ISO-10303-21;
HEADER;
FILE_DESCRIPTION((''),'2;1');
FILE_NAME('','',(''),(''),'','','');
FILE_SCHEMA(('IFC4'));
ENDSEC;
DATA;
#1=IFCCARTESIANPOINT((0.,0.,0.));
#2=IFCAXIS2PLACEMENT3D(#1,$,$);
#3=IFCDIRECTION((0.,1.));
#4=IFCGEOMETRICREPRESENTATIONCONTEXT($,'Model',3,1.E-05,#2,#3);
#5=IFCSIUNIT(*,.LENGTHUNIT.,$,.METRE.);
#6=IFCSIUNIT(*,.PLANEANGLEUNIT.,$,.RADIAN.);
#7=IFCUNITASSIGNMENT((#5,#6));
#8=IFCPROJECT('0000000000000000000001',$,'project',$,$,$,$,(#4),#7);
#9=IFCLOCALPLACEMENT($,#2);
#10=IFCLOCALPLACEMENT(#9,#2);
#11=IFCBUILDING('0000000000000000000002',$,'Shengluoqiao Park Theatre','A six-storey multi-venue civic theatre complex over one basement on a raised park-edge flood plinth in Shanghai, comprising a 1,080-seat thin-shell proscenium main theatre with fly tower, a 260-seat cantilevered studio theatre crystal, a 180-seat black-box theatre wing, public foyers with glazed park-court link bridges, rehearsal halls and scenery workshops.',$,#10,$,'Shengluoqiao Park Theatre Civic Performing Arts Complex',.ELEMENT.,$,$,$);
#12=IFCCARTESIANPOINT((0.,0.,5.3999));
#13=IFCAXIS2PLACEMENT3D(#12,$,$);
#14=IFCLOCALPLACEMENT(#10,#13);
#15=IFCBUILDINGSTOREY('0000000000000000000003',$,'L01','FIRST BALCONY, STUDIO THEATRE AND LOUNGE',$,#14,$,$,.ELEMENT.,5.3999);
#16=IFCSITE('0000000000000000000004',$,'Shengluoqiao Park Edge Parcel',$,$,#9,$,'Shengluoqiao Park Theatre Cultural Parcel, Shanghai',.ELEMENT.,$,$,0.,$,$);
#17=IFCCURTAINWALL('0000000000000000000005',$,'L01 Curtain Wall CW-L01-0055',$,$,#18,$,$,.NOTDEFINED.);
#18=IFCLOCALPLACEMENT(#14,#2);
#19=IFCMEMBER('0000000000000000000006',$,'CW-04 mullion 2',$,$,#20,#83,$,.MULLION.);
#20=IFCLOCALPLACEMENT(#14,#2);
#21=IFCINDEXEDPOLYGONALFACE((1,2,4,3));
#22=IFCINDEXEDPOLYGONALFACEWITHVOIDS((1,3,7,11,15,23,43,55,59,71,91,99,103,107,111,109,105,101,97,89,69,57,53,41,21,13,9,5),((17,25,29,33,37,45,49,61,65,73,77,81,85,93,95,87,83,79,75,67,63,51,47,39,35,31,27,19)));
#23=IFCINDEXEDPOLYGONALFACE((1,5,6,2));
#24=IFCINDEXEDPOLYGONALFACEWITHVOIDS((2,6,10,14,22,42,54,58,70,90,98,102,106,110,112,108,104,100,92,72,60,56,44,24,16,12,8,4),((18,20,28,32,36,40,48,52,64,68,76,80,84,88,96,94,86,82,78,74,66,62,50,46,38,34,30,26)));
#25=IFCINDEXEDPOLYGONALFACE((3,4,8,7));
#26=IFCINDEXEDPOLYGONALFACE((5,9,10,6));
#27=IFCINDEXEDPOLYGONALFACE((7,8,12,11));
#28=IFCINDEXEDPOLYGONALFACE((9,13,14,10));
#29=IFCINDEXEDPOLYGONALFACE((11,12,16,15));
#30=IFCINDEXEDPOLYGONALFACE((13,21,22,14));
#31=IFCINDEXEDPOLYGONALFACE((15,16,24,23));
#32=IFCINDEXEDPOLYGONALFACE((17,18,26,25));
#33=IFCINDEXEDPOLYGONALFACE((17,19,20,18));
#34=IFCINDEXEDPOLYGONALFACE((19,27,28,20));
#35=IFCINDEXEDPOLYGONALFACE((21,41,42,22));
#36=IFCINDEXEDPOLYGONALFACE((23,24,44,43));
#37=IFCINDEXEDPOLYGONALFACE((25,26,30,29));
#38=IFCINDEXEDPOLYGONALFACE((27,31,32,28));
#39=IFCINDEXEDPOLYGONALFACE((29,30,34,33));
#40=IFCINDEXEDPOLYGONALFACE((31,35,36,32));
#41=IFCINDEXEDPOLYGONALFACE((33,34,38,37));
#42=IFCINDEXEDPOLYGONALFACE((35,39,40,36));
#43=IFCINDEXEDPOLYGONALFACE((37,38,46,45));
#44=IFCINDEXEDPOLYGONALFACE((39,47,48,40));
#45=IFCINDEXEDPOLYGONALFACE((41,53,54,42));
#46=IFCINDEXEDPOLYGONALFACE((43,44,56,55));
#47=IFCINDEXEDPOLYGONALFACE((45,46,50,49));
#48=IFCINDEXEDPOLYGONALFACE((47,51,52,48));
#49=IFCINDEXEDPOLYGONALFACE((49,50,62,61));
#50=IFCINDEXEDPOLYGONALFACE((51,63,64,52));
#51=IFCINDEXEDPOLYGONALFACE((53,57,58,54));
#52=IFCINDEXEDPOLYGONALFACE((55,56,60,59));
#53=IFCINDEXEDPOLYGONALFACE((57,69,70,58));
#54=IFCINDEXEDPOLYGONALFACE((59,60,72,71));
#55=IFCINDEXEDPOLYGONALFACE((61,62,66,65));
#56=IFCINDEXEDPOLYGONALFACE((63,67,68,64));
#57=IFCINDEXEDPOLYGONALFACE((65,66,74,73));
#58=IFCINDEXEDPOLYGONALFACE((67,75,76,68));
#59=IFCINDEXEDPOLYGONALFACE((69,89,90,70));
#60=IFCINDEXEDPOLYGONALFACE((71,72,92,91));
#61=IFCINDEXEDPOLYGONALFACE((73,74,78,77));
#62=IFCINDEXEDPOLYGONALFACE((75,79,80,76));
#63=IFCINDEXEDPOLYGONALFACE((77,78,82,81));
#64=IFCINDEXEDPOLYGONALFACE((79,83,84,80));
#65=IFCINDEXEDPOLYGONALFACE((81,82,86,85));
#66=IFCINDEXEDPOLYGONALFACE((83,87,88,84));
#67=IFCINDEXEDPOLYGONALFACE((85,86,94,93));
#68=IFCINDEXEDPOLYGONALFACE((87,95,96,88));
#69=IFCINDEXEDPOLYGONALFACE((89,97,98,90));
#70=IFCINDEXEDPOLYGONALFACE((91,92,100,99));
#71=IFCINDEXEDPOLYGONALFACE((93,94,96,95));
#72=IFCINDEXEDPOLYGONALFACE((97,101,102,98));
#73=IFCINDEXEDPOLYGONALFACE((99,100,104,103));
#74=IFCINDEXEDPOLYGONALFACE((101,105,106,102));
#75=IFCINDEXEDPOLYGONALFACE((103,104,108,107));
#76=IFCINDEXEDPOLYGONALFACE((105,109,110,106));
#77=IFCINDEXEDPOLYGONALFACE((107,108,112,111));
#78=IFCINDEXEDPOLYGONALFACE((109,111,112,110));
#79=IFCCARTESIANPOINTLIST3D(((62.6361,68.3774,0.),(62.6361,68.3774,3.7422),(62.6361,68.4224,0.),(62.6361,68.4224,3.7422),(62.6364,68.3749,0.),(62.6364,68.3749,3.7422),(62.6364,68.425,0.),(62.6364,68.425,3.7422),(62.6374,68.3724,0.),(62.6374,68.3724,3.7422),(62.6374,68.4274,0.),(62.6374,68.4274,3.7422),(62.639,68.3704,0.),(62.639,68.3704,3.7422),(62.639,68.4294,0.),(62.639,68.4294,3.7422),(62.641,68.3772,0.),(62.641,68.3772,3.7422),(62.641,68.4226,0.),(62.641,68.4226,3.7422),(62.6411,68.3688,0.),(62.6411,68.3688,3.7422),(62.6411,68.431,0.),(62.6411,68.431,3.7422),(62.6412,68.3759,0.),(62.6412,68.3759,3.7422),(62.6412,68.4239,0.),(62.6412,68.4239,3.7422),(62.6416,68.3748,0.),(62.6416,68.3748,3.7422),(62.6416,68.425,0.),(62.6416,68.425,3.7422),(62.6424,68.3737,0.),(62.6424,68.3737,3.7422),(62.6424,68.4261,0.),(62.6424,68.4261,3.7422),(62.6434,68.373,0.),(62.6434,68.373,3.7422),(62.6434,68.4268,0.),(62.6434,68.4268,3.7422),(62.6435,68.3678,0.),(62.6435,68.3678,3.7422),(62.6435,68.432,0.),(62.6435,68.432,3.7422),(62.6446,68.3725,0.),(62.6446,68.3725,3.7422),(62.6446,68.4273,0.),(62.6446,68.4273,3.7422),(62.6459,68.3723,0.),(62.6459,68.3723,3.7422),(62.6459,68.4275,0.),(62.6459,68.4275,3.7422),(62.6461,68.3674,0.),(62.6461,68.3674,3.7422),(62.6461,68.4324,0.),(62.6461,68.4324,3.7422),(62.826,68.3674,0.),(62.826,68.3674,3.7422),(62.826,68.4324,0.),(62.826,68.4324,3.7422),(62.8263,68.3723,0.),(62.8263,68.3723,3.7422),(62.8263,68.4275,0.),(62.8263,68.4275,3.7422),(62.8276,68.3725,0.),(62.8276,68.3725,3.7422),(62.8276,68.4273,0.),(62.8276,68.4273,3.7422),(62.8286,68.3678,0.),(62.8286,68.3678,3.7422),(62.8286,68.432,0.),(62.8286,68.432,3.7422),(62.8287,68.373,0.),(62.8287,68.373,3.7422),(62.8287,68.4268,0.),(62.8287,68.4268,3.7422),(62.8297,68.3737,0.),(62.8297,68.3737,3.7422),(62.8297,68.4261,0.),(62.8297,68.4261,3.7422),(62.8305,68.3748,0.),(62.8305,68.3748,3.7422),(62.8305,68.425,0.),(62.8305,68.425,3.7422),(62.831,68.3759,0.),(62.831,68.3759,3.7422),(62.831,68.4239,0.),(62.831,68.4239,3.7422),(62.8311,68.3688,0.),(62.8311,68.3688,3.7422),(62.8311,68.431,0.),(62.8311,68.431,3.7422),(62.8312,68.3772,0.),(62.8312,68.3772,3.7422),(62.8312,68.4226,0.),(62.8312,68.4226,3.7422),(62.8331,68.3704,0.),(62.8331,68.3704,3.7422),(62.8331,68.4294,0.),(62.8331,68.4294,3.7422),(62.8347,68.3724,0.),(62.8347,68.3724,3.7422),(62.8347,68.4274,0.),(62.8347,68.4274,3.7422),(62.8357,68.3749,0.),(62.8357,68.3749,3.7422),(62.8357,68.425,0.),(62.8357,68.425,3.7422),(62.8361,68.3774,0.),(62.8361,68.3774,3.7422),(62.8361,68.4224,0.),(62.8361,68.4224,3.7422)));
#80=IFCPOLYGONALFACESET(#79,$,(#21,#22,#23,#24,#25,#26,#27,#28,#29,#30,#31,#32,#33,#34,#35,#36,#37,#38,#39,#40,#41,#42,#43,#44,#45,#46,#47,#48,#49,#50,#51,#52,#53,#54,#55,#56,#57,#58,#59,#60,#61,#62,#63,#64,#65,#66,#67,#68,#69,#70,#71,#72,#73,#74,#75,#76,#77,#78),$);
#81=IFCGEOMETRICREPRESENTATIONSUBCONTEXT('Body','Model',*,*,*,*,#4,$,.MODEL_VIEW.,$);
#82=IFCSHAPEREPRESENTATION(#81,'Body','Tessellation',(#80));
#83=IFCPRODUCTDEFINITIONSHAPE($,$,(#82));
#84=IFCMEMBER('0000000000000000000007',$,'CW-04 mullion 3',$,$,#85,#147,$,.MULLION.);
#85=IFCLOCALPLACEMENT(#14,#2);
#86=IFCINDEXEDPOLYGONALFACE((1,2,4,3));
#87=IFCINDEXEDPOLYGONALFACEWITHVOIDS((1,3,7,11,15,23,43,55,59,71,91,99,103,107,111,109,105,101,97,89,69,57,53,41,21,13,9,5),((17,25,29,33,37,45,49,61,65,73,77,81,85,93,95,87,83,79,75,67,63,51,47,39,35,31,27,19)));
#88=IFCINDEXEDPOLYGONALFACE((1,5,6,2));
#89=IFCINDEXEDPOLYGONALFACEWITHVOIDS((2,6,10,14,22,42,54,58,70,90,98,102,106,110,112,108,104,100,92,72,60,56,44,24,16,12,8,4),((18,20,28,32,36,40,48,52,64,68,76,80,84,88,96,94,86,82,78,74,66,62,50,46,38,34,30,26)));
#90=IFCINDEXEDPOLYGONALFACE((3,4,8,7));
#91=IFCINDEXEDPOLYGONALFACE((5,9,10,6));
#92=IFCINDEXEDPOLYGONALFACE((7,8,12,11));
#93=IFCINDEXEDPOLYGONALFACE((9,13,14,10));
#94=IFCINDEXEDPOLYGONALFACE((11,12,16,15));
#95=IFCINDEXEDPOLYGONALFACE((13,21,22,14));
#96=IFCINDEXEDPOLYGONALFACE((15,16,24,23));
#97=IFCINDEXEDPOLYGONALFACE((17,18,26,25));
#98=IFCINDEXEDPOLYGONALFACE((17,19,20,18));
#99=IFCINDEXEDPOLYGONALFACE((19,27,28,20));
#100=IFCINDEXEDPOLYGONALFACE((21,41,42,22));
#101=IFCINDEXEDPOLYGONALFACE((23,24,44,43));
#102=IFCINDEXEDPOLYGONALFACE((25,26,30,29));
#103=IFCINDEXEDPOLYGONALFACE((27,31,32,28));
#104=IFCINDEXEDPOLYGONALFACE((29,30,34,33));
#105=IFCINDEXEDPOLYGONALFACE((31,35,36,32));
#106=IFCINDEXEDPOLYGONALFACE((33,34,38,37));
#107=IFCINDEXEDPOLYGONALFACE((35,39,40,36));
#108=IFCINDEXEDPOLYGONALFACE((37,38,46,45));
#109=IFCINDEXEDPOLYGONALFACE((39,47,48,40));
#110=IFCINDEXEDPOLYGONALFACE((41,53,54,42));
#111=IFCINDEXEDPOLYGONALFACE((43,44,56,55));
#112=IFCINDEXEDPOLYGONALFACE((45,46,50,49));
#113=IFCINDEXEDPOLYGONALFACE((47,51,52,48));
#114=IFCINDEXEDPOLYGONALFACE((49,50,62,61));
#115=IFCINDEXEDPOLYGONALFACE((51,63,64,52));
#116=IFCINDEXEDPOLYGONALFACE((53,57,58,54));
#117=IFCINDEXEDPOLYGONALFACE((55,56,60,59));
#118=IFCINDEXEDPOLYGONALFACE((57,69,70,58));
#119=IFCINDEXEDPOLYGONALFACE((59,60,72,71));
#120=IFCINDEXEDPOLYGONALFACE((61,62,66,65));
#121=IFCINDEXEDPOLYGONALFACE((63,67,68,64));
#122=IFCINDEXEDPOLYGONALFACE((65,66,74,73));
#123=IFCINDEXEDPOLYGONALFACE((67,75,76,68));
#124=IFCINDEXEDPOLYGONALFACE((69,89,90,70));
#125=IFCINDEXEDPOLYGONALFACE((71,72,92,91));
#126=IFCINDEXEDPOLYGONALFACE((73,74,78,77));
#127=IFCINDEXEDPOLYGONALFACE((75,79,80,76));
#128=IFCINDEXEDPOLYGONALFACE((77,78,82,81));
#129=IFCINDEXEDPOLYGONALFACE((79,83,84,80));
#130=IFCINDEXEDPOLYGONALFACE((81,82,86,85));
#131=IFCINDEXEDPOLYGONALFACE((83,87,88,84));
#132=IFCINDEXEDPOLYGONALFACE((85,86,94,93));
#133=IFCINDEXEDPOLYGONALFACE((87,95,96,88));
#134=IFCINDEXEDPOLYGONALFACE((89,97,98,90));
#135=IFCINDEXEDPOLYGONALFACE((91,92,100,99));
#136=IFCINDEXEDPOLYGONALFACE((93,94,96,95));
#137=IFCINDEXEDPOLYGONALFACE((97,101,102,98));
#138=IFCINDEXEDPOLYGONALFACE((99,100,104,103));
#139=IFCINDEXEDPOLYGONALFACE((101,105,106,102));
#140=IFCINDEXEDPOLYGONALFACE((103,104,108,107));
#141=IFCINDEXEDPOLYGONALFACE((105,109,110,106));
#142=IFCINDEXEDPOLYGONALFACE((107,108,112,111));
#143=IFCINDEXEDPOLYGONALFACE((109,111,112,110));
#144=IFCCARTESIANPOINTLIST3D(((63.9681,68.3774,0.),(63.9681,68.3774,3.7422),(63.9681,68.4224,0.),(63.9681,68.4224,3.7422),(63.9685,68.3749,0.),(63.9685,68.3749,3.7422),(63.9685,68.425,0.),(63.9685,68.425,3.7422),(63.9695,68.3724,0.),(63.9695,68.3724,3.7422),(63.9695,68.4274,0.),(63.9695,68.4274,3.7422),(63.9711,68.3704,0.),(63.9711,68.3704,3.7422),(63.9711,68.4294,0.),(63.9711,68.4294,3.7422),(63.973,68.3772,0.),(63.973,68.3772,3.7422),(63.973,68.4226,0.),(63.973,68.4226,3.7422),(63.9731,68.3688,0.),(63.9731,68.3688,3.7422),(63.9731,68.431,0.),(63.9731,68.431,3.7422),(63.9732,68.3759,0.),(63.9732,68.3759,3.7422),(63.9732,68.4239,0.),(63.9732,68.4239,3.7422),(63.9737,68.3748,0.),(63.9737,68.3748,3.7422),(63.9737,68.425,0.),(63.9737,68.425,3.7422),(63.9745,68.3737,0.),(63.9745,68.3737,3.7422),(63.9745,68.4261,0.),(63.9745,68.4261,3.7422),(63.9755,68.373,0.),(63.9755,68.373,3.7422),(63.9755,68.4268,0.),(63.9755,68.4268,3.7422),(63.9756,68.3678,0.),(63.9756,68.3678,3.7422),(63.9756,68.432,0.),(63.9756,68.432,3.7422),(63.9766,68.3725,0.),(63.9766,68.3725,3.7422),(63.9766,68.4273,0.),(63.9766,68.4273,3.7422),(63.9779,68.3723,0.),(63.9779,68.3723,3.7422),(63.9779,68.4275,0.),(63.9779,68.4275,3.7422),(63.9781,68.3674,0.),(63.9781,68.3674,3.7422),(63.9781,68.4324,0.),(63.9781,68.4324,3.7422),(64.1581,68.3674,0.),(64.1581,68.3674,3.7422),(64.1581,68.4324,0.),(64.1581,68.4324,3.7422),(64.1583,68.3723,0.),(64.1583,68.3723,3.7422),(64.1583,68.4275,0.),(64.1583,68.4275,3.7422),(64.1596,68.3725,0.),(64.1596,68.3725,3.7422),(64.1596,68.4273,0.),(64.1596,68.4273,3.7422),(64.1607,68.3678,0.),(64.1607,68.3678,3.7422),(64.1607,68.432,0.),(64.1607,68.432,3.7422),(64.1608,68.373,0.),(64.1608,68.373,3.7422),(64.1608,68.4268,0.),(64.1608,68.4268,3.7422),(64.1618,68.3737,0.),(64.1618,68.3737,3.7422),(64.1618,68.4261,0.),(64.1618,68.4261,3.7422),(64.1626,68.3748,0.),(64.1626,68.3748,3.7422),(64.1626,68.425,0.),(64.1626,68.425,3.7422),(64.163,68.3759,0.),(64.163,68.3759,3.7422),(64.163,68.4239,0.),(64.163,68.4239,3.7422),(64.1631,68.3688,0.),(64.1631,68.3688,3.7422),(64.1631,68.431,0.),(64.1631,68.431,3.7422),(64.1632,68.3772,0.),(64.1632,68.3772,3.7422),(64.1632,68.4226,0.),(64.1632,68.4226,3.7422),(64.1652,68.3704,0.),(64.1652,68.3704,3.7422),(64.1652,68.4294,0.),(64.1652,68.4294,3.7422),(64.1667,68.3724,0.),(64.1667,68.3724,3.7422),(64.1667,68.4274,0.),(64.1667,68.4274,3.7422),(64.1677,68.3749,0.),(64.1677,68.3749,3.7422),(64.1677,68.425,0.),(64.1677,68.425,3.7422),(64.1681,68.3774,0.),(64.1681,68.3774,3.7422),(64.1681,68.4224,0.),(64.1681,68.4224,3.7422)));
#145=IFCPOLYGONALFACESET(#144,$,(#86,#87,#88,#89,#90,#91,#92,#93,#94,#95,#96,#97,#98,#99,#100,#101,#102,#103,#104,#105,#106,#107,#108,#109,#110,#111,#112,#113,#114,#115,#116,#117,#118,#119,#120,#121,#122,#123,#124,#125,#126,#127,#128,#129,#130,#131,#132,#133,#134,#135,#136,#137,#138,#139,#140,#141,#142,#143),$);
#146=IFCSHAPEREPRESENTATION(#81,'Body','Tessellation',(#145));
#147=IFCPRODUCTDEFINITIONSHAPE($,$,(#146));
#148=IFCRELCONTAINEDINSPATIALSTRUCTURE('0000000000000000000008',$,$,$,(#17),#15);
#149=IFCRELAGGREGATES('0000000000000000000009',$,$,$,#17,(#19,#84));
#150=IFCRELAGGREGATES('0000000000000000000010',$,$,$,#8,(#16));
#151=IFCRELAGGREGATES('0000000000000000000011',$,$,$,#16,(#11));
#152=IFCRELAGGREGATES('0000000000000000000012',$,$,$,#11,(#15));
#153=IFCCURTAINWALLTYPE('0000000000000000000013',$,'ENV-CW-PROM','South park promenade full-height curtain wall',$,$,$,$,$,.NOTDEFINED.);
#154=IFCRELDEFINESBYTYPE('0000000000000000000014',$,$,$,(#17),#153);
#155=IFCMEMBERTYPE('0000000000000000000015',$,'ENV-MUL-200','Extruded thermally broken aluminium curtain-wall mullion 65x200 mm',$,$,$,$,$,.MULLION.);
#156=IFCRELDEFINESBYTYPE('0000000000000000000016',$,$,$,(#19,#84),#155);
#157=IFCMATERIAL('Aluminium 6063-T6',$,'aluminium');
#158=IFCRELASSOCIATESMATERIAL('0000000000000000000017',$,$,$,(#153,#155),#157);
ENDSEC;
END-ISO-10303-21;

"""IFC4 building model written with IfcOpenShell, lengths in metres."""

from ifc_helpers import new_model, si_unit, direction, frame, origin, origin_2d, place, context, subcontext, project, spatial, hollow_rectangle, extrude, material, material_profile, profile_set, type_object, element, aggregate, save


model = new_model("IFC4")

# Units and contexts
model_context = context("Model", 3, precision=1e-05, world=origin(), true_north=direction((0.0, 1.0)))
body_context = subcontext(model_context, "Body", "Model", "MODEL_VIEW")
ifc_project = project(units=[si_unit("LENGTHUNIT", "METRE"), si_unit("PLANEANGLEUNIT", "RADIAN")], contexts=[model_context])

# Site, building, storey
site_placement = place(None, origin())
site = spatial("IfcSite", under=ifc_project, at=site_placement, Name="Shengluoqiao Park Edge Parcel", LongName="Shengluoqiao Park Theatre Cultural Parcel, Shanghai", CompositionType="ELEMENT", RefElevation=0.0)
building_placement = place(site_placement, origin())
building = spatial("IfcBuilding", under=site, at=building_placement, Name="Shengluoqiao Park Theatre", Description="A six-storey multi-venue civic theatre complex over one basement on a raised park-edge flood plinth in Shanghai, comprising a 1,080-seat thin-shell proscenium main theatre with fly tower, a 260-seat cantilevered studio theatre crystal, a 180-seat black-box theatre wing, public foyers with glazed park-court link bridges, rehearsal halls and scenery workshops.", LongName="Shengluoqiao Park Theatre Civic Performing Arts Complex", CompositionType="ELEMENT")
storey_placement = place(building_placement, frame((0.0, 0.0, 5.3999)))
storey = spatial("IfcBuildingStorey", under=building, at=storey_placement, Name="L01", Description="FIRST BALCONY, STUDIO THEATRE AND LOUNGE", CompositionType="ELEMENT", Elevation=5.3999)

# Curtain wall, members
ifc_material_1 = material(Name="Aluminium 6063-T6", Category="aluminium")
curtain_wall_type = type_object("IfcCurtainWallType", Name="ENV-CW-PROM", Description="South park promenade full-height curtain wall", PredefinedType="NOTDEFINED", material=ifc_material_1)
curtain_wall_1_placement = place(storey_placement, origin())
curtain_wall_1 = element("IfcCurtainWall", 1, at=curtain_wall_1_placement, inside=storey, type_object=curtain_wall_type, Name="L01 Curtain Wall CW-L01-0055", PredefinedType="NOTDEFINED")
ifc_material_profile_1 = material_profile(ifc_material_1, hollow_rectangle(XDim=0.0649, YDim=0.2, WallThickness=0.0049, InnerFilletRadius=0.0049, OuterFilletRadius=0.01, at=origin_2d()), Name="ALU MULLION 200x65x5")
ifc_profile_set_1 = profile_set([ifc_material_profile_1], Name="Aluminium 6063-T6")
member_type_1 = type_object("IfcMemberType", Name="ENV-MUL-200", Description="Extruded thermally broken aluminium curtain-wall mullion 65x200 mm", PredefinedType="MULLION", material=ifc_profile_set_1)
member_1_placement = place(storey_placement, frame((62.7361, 68.3999, 0.0), z_axis=(0.0, 0.0, 1.0), x_axis=(0.0, 1.0, 0.0)))
member_1 = element("IfcMember", 2, at=member_1_placement, type_object=member_type_1, Name="CW-04 mullion 2", PredefinedType="MULLION", context=body_context, shape_type="SweptSolid", body=[
    extrude(hollow_rectangle(XDim=0.0649, YDim=0.2, WallThickness=0.0049, InnerFilletRadius=0.0049, OuterFilletRadius=0.01, at=origin_2d()), origin(), (0.0, 0.0, 1.0), 3.7422),
])
member_2_placement = place(storey_placement, frame((64.0681, 68.3999, 0.0), z_axis=(0.0, 0.0, 1.0), x_axis=(0.0, 1.0, 0.0)))
member_2 = element("IfcMember", 3, at=member_2_placement, type_object=member_type_1, Name="CW-04 mullion 3", PredefinedType="MULLION", context=body_context, shape_type="SweptSolid", body=[
    extrude(hollow_rectangle(XDim=0.0649, YDim=0.2, WallThickness=0.0049, InnerFilletRadius=0.0049, OuterFilletRadius=0.01, at=origin_2d()), origin(), (0.0, 0.0, 1.0), 3.7422),
])

aggregate(curtain_wall_1, [member_1, member_2])

save(model, "model.ifc")
